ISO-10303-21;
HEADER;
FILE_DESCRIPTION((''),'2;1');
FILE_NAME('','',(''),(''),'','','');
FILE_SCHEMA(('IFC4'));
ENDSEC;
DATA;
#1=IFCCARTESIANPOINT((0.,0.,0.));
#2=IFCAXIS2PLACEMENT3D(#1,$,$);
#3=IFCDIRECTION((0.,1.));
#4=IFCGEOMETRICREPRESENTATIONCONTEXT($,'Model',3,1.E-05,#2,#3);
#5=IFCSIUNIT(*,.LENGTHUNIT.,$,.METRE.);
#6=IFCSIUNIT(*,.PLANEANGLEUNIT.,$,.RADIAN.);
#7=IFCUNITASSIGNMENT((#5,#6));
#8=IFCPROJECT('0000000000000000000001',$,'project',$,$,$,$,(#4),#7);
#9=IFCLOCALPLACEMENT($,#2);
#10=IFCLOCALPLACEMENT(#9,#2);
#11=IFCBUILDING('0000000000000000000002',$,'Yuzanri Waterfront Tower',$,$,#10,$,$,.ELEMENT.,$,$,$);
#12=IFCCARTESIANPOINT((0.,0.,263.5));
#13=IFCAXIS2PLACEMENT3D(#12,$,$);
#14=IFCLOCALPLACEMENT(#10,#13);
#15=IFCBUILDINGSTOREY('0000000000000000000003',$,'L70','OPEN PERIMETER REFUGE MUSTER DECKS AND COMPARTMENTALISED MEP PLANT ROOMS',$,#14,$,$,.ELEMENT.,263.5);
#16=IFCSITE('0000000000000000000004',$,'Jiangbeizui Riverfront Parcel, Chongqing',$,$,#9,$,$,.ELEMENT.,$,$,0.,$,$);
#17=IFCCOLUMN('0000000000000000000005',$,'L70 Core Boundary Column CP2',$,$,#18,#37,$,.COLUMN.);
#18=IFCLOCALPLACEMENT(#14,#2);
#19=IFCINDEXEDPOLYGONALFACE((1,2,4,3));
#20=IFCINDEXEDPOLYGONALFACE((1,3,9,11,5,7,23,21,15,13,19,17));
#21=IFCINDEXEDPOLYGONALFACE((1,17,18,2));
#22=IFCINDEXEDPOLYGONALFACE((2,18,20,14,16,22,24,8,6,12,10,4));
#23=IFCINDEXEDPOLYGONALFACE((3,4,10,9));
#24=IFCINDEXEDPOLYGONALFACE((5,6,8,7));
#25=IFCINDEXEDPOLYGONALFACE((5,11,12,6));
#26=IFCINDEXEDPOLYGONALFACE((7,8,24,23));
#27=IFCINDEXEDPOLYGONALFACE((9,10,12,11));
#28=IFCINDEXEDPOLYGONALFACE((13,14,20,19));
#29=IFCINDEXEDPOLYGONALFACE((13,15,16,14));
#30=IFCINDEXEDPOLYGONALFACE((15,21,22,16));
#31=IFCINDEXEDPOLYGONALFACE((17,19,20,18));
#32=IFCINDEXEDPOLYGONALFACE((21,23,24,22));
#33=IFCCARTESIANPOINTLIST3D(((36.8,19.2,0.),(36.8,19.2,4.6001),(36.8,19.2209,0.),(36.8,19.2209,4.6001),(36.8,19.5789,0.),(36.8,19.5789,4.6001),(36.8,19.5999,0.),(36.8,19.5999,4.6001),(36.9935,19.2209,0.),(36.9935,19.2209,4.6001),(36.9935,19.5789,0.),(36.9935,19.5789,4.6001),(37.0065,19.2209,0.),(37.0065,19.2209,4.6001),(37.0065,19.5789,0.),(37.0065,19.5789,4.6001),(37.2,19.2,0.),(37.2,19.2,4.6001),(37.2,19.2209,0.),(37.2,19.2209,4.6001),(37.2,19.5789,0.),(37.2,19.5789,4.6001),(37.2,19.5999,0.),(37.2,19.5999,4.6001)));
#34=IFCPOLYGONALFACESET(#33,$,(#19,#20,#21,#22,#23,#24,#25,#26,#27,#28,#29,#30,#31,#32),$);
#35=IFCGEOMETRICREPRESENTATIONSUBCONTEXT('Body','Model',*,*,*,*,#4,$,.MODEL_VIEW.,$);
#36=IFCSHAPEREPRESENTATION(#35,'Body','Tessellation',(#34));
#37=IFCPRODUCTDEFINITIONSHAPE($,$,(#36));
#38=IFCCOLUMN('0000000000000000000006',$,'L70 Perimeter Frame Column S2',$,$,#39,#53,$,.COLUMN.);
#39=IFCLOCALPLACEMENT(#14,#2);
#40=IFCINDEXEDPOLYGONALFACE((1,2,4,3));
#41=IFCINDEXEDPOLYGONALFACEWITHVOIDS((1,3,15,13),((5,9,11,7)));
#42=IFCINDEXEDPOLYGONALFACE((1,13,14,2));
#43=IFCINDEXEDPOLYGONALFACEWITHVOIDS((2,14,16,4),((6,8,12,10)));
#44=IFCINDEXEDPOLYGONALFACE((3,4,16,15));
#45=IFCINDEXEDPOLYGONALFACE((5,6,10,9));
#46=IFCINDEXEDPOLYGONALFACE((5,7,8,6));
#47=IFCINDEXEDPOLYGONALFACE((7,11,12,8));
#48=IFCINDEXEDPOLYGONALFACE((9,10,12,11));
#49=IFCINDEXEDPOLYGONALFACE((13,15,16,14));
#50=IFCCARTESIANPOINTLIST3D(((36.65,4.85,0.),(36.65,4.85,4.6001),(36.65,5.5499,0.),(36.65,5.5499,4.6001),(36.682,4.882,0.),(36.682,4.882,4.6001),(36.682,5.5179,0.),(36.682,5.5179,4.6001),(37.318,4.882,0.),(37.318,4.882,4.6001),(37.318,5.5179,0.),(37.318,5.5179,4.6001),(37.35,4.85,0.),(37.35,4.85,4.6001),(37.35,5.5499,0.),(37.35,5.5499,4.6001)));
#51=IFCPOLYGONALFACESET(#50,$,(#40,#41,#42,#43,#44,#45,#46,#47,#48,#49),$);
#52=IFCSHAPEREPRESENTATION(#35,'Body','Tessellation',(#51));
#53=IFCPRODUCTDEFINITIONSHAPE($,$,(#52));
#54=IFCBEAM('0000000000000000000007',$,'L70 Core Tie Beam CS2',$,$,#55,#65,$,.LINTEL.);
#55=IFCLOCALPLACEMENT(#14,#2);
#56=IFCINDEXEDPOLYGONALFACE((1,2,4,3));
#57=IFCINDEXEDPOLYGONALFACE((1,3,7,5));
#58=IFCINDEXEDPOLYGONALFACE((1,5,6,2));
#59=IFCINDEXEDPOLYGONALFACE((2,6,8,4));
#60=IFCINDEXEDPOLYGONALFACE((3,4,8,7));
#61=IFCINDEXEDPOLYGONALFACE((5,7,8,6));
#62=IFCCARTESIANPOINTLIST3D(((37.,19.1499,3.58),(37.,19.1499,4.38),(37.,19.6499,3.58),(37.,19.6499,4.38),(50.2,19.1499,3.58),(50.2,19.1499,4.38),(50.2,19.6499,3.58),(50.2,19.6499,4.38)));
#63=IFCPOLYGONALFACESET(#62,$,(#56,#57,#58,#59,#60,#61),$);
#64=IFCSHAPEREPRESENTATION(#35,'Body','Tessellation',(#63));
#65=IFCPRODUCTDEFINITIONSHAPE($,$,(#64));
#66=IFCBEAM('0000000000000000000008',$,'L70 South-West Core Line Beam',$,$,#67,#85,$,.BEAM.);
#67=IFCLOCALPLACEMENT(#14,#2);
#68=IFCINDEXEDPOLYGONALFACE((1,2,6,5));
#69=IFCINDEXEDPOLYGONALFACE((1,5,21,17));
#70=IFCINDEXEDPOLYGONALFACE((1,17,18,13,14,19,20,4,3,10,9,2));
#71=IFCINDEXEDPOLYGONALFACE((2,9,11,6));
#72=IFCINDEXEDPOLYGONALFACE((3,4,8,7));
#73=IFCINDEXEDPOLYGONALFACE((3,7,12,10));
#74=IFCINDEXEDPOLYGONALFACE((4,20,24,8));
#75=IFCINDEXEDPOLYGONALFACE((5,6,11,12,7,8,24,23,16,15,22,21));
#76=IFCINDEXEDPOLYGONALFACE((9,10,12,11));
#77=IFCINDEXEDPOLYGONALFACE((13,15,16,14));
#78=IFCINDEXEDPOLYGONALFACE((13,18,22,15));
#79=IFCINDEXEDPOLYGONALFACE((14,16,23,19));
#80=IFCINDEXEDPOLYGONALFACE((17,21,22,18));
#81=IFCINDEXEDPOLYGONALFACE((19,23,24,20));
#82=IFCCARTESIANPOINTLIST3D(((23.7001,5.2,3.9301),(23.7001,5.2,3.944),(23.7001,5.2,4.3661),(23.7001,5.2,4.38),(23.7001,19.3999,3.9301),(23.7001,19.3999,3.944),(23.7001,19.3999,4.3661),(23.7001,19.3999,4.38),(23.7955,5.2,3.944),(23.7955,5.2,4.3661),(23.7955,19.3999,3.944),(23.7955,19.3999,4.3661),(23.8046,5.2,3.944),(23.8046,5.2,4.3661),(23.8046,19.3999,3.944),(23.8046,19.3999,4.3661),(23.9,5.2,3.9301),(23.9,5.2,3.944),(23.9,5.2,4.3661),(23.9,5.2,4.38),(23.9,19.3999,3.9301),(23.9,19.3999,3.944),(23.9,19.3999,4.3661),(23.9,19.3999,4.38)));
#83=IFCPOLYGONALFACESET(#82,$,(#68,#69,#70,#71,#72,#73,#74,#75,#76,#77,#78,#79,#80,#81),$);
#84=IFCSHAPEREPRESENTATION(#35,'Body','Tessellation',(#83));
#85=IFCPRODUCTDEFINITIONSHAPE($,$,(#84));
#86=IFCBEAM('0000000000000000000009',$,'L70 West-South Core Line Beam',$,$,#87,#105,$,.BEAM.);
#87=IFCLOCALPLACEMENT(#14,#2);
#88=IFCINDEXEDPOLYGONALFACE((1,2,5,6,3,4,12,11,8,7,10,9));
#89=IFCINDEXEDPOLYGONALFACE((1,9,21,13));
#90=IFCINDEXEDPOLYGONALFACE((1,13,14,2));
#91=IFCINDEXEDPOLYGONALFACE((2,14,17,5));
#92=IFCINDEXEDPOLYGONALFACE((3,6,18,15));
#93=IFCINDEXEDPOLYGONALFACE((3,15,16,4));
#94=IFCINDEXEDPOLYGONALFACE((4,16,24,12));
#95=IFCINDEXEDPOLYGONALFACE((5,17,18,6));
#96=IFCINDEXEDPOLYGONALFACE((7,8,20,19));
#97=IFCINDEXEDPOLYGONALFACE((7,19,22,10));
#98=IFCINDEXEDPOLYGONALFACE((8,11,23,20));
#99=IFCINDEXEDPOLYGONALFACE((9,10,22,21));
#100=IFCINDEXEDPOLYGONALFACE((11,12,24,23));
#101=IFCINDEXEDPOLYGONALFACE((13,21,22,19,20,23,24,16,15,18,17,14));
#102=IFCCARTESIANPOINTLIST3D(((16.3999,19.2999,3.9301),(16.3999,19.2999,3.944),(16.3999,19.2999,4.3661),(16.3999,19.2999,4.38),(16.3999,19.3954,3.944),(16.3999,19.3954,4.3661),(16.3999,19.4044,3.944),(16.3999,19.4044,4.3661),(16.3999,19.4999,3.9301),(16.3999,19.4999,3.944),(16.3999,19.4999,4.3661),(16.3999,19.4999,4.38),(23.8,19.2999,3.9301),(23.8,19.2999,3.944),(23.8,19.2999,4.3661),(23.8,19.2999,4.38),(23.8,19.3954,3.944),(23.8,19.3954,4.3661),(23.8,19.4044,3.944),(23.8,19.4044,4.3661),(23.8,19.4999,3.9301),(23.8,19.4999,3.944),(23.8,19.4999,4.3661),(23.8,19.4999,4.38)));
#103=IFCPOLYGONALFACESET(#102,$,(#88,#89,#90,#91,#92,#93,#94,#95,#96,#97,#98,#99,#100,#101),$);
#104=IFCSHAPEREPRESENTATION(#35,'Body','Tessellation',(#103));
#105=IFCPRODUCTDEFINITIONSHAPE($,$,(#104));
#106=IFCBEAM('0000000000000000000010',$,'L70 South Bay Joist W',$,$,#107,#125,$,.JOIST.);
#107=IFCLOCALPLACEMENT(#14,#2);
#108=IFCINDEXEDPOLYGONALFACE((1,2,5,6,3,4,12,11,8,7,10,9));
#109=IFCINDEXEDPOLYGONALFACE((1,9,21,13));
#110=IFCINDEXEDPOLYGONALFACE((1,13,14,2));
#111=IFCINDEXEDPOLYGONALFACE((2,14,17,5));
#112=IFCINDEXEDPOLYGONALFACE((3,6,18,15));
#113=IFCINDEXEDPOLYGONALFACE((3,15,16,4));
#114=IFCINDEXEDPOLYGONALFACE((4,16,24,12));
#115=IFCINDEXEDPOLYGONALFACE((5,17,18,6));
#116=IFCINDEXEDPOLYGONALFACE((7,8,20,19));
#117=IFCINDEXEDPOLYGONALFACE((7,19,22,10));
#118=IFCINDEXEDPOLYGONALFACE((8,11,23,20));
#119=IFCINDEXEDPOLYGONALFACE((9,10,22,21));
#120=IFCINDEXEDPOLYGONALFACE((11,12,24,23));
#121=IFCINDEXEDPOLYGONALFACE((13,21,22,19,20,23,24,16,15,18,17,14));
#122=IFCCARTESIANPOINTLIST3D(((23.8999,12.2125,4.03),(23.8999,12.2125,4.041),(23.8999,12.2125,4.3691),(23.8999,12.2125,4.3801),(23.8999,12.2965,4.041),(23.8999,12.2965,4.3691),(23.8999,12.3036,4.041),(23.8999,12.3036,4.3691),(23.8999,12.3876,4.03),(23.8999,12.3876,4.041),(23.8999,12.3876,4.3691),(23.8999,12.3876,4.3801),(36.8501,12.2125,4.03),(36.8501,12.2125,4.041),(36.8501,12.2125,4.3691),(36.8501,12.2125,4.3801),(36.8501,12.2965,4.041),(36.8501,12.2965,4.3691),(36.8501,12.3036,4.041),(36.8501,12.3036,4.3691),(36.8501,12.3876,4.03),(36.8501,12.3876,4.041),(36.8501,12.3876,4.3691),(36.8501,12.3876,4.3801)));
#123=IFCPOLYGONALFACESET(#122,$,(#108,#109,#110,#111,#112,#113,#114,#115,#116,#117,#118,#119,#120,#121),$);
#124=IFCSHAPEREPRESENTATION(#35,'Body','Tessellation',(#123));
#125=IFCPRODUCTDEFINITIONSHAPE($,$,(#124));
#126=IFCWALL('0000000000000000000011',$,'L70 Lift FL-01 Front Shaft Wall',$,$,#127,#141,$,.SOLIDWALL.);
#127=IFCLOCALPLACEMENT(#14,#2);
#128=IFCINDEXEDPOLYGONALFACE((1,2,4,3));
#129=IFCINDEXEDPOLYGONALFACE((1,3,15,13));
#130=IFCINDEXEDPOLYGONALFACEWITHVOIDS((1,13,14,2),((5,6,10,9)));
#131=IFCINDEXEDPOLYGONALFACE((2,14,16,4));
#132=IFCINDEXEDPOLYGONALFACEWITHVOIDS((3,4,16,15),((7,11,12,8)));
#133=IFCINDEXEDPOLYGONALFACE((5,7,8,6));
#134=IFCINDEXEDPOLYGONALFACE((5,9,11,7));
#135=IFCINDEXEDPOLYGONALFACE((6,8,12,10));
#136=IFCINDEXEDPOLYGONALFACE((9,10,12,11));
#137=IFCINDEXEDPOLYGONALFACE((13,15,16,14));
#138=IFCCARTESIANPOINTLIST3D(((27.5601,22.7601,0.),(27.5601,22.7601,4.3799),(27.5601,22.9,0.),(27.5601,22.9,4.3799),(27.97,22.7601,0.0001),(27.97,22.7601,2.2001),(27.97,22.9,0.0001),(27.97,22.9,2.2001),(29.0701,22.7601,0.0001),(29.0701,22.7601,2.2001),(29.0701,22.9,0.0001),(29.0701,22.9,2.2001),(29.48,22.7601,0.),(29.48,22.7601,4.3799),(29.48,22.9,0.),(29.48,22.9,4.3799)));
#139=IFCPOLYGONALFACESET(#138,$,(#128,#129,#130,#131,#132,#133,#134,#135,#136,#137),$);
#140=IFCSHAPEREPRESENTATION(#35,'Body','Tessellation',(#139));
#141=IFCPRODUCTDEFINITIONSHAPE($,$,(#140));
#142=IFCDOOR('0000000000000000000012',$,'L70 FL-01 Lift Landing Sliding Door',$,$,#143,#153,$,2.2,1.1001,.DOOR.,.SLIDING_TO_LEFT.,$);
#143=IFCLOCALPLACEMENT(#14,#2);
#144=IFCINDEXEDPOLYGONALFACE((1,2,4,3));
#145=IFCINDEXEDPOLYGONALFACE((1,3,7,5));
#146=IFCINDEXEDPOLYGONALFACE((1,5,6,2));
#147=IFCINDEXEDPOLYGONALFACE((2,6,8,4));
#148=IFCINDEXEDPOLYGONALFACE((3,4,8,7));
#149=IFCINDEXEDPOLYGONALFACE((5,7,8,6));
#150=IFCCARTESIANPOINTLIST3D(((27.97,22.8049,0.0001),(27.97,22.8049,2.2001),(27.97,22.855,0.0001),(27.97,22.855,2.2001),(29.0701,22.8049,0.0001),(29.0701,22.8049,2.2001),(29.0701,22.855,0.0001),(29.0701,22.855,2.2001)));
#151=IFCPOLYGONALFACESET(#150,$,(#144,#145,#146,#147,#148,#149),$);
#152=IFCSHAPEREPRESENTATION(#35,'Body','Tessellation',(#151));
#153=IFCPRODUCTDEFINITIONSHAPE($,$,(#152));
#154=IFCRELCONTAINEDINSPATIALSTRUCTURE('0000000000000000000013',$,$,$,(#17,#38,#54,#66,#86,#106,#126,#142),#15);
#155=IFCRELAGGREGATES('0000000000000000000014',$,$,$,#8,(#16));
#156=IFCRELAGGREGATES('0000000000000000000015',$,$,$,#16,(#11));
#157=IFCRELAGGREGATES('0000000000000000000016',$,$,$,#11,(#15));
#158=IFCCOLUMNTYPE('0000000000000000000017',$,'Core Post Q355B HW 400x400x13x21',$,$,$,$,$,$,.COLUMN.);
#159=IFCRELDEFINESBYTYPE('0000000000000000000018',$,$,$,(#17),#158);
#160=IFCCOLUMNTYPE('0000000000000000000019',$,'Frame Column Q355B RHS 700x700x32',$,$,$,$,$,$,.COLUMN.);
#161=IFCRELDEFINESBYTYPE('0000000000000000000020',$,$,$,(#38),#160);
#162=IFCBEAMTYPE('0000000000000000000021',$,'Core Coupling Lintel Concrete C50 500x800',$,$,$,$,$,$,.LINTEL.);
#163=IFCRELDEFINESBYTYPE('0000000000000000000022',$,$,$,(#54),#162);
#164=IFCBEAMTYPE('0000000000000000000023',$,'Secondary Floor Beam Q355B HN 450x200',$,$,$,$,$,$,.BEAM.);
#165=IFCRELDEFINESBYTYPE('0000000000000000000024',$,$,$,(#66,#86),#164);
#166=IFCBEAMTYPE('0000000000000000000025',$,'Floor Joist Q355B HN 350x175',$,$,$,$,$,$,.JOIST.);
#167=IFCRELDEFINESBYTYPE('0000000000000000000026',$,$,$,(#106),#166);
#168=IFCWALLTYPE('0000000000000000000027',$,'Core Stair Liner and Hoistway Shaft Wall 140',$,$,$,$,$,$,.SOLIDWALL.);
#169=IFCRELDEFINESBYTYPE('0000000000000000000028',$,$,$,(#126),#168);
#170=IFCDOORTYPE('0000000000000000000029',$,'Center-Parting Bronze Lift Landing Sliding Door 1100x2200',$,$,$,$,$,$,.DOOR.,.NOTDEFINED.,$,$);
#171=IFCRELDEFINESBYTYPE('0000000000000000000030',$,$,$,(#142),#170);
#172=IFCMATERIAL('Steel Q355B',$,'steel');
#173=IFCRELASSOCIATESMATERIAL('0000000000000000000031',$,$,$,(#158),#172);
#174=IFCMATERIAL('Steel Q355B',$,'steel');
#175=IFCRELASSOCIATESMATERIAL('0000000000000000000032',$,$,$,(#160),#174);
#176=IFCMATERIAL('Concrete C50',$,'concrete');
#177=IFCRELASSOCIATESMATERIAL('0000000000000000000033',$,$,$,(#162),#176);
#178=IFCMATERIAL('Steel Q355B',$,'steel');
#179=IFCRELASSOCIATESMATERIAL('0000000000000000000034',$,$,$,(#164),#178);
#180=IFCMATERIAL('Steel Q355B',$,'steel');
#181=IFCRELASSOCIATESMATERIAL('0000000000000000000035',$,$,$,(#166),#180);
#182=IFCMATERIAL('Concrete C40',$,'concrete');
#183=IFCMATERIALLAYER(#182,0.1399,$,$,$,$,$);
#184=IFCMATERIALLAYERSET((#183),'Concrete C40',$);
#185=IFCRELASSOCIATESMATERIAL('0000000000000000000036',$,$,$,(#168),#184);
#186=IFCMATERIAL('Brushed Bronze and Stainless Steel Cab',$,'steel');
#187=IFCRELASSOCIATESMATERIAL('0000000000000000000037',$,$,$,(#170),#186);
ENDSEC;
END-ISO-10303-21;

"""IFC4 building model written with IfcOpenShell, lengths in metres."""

from ifc_helpers import new_model, si_unit, direction, frame, frame_2d, origin, origin_2d, place, context, subcontext, project, spatial, rectangle, hollow_rectangle, i_section, extrude, source, transform, mapped, material, layer, layer_set, material_profile, profile_set, type_object, element, fill, save


model = new_model("IFC4")

# Units and contexts
model_context = context("Model", 3, precision=1e-05, world=origin(), true_north=direction((0.0, 1.0)))
body_context = subcontext(model_context, "Body", "Model", "MODEL_VIEW")
ifc_project = project(units=[si_unit("LENGTHUNIT", "METRE"), si_unit("PLANEANGLEUNIT", "RADIAN")], contexts=[model_context])

# Site, building, storey
site_placement = place(None, origin())
site = spatial("IfcSite", under=ifc_project, at=site_placement, Name="Jiangbeizui Riverfront Parcel, Chongqing", CompositionType="ELEMENT", RefElevation=0.0)
building_placement = place(site_placement, origin())
building = spatial("IfcBuilding", under=site, at=building_placement, Name="Yuzanri Waterfront Tower", CompositionType="ELEMENT")
storey_placement = place(building_placement, frame((0.0, 0.0, 263.5)))
storey = spatial("IfcBuildingStorey", under=building, at=storey_placement, Name="L70", Description="OPEN PERIMETER REFUGE MUSTER DECKS AND COMPARTMENTALISED MEP PLANT ROOMS", CompositionType="ELEMENT", Elevation=263.5)

# Columns
ifc_material_1 = material(Name="Steel Q355B", Category="steel")
ifc_material_profile_1 = material_profile(ifc_material_1, i_section(OverallWidth=0.3999, OverallDepth=0.3999, WebThickness=0.0129, FlangeThickness=0.021, at=origin_2d()), Name="HW 400x400x13x21")
ifc_profile_set_1 = profile_set([ifc_material_profile_1], Name="Steel Q355B")
column_type_1 = type_object("IfcColumnType", Name="Core Post Q355B HW 400x400x13x21", PredefinedType="COLUMN", material=ifc_profile_set_1)
shared_shape_1 = source(origin(), body_context, "Body", "SweptSolid", [
    extrude(i_section(OverallWidth=0.3999, OverallDepth=0.3999, WebThickness=0.0129, FlangeThickness=0.021, at=origin_2d()), origin(), (0.0, 0.0, 1.0), 4.6001),
])
column_1_placement = place(storey_placement, frame((37.0, 19.3999, 0.0), z_axis=(0.0, 0.0, 1.0), x_axis=(1.0, 0.0, 0.0)))
element("IfcColumn", 1, at=column_1_placement, inside=storey, type_object=column_type_1, Name="L70 Core Boundary Column CP2", PredefinedType="COLUMN", context=body_context, shape_type="MappedRepresentation", body=[
    mapped(shared_shape_1, transform((0.0, 0.0, 0.0), scale=1.0)),
])
ifc_material_2 = material(Name="Steel Q355B", Category="steel")
ifc_material_profile_2 = material_profile(ifc_material_2, hollow_rectangle(XDim=0.7, YDim=0.7, WallThickness=0.032, at=origin_2d()), Name="RHS 700x700x32")
ifc_profile_set_2 = profile_set([ifc_material_profile_2], Name="Steel Q355B")
column_type_2 = type_object("IfcColumnType", Name="Frame Column Q355B RHS 700x700x32", PredefinedType="COLUMN", material=ifc_profile_set_2)
shared_shape_2 = source(origin(), body_context, "Body", "SweptSolid", [
    extrude(hollow_rectangle(XDim=0.7, YDim=0.7, WallThickness=0.032, at=origin_2d()), origin(), (0.0, 0.0, 1.0), 4.6001),
])
column_2_placement = place(storey_placement, frame((37.0, 5.2, 0.0), z_axis=(0.0, 0.0, 1.0), x_axis=(1.0, 0.0, 0.0)))
element("IfcColumn", 2, at=column_2_placement, inside=storey, type_object=column_type_2, Name="L70 Perimeter Frame Column S2", PredefinedType="COLUMN", context=body_context, shape_type="MappedRepresentation", body=[
    mapped(shared_shape_2, transform((0.0, 0.0, 0.0), scale=1.0)),
])

# Beams
ifc_material_3 = material(Name="Concrete C50", Category="concrete")
ifc_material_profile_3 = material_profile(ifc_material_3, rectangle(XDim=0.5, YDim=0.8, at=origin_2d()), Name="RC 500x800")
ifc_profile_set_3 = profile_set([ifc_material_profile_3], Name="Concrete C50")
beam_type_1 = type_object("IfcBeamType", Name="Core Coupling Lintel Concrete C50 500x800", PredefinedType="LINTEL", material=ifc_profile_set_3)
shared_shape_3 = source(origin(), body_context, "Body", "SweptSolid", [
    extrude(rectangle(XDim=0.5, YDim=0.8, at=origin_2d()), origin(), (0.0, 0.0, 1.0), 13.2),
])
beam_1_placement = place(storey_placement, frame((37.0, 19.3999, 3.98), z_axis=(1.0, 0.0, 0.0), x_axis=(0.0, 1.0, 0.0)))
element("IfcBeam", 3, at=beam_1_placement, inside=storey, type_object=beam_type_1, Name="L70 Core Tie Beam CS2", PredefinedType="LINTEL", context=body_context, shape_type="MappedRepresentation", body=[
    mapped(shared_shape_3, transform((0.0, 0.0, 0.0), scale=1.0)),
])
ifc_material_4 = material(Name="Steel Q355B", Category="steel")
ifc_material_profile_4 = material_profile(ifc_material_4, i_section(OverallWidth=0.2, OverallDepth=0.45, WebThickness=0.009, FlangeThickness=0.0139, at=origin_2d()), Name="HN 450x200x9x14")
ifc_profile_set_4 = profile_set([ifc_material_profile_4], Name="Steel Q355B")
beam_type_2 = type_object("IfcBeamType", Name="Secondary Floor Beam Q355B HN 450x200", PredefinedType="BEAM", material=ifc_profile_set_4)
shared_shape_4 = source(origin(), body_context, "Body", "SweptSolid", [
    extrude(i_section(OverallWidth=0.2, OverallDepth=0.45, WebThickness=0.009, FlangeThickness=0.0139, at=origin_2d()), origin(), (0.0, 0.0, 1.0), 14.2),
])
beam_2_placement = place(storey_placement, frame((23.8, 19.3999, 4.155), z_axis=(0.0, -1.0, 0.0), x_axis=(1.0, 0.0, 0.0)))
element("IfcBeam", 4, at=beam_2_placement, inside=storey, type_object=beam_type_2, Name="L70 South-West Core Line Beam", PredefinedType="BEAM", context=body_context, shape_type="MappedRepresentation", body=[
    mapped(shared_shape_4, transform((0.0, 0.0, 0.0), scale=1.0)),
])
shared_shape_5 = source(origin(), body_context, "Body", "SweptSolid", [
    extrude(i_section(OverallWidth=0.2, OverallDepth=0.45, WebThickness=0.009, FlangeThickness=0.0139, at=origin_2d()), origin(), (0.0, 0.0, 1.0), 7.4001),
])
beam_3_placement = place(storey_placement, frame((23.8, 19.3999, 4.155), z_axis=(-1.0, 0.0, 0.0), x_axis=(0.0, -1.0, 0.0)))
element("IfcBeam", 5, at=beam_3_placement, inside=storey, type_object=beam_type_2, Name="L70 West-South Core Line Beam", PredefinedType="BEAM", context=body_context, shape_type="MappedRepresentation", body=[
    mapped(shared_shape_5, transform((0.0, 0.0, 0.0), scale=1.0)),
])
ifc_material_5 = material(Name="Steel Q355B", Category="steel")
ifc_material_profile_5 = material_profile(ifc_material_5, i_section(OverallWidth=0.175, OverallDepth=0.3501, WebThickness=0.0071, FlangeThickness=0.011, at=origin_2d()), Name="HN 350x175x7x11")
ifc_profile_set_5 = profile_set([ifc_material_profile_5], Name="Steel Q355B")
beam_type_3 = type_object("IfcBeamType", Name="Floor Joist Q355B HN 350x175", PredefinedType="JOIST", material=ifc_profile_set_5)
shared_shape_6 = source(origin(), body_context, "Body", "SweptSolid", [
    extrude(i_section(OverallWidth=0.175, OverallDepth=0.3501, WebThickness=0.0071, FlangeThickness=0.011, at=origin_2d()), origin(), (0.0, 0.0, 1.0), 12.9502),
])
beam_4_placement = place(storey_placement, frame((23.8999, 12.3, 4.2051), z_axis=(1.0, 0.0, 0.0), x_axis=(0.0, 1.0, 0.0)))
element("IfcBeam", 6, at=beam_4_placement, inside=storey, type_object=beam_type_3, Name="L70 South Bay Joist W", PredefinedType="JOIST", context=body_context, shape_type="MappedRepresentation", body=[
    mapped(shared_shape_6, transform((0.0, 0.0, 0.0), scale=1.0)),
])

# Wall, opening, door
ifc_material_6 = material(Name="Concrete C40", Category="concrete")
ifc_layer_1 = layer(ifc_material_6, 0.1399)
ifc_layer_set_1 = layer_set([ifc_layer_1], Name="Concrete C40")
wall_type_1 = type_object("IfcWallType", Name="Core Stair Liner and Hoistway Shaft Wall 140", PredefinedType="SOLIDWALL", material=ifc_layer_set_1)
wall_1_placement = place(storey_placement, frame((27.5601, 22.8301, 0.0), z_axis=(0.0, 0.0, 1.0), x_axis=(1.0, 0.0, 0.0)))
wall_1 = element("IfcWall", 7, at=wall_1_placement, inside=storey, type_object=wall_type_1, Name="L70 Lift FL-01 Front Shaft Wall", PredefinedType="SOLIDWALL", context=body_context, shape_type="SweptSolid", body=[
    extrude(rectangle(XDim=1.9199, YDim=0.1399, at=frame_2d((0.96, 0.0))), origin(), (0.0, 0.0, 1.0), 4.3799),
])
opening_1_placement = place(wall_1_placement, frame((0.4099, 0.0, 0.0)))
opening_1 = element("IfcOpeningElement", 8, at=opening_1_placement, cuts=wall_1, PredefinedType="OPENING", context=body_context, shape_type="SweptSolid", body=[
    extrude(rectangle(XDim=1.1001, YDim=2.2, at=frame_2d((0.55, 1.1001))), frame((0.0, 0.085, 0.0), z_axis=(0.0, -1.0, 0.0), x_axis=(1.0, 0.0, 0.0)), (0.0, 0.0, 1.0), 0.1697),
])
ifc_material_7 = material(Name="Brushed Bronze and Stainless Steel Cab", Category="steel")
door_type_1 = type_object("IfcDoorType", Name="Center-Parting Bronze Lift Landing Sliding Door 1100x2200", OperationType="NOTDEFINED", PredefinedType="DOOR", material=ifc_material_7)
shared_shape_7 = source(origin(), body_context, "Body", "SweptSolid", [
    extrude(rectangle(XDim=1.1001, YDim=2.2, at=frame_2d((0.55, 1.1001))), frame((0.0, 0.0249, 0.0), z_axis=(0.0, -1.0, 0.0), x_axis=(1.0, 0.0, 0.0)), (0.0, 0.0, 1.0), 0.05),
])
door_1_placement = place(opening_1_placement, origin())
door_1 = element("IfcDoor", 9, at=door_1_placement, inside=storey, type_object=door_type_1, Name="L70 FL-01 Lift Landing Sliding Door", OperationType="SLIDING_TO_LEFT", OverallHeight=2.2, OverallWidth=1.1001, PredefinedType="DOOR", context=body_context, shape_type="MappedRepresentation", body=[
    mapped(shared_shape_7, transform((0.0, 0.0, 0.0), scale=1.0)),
])
fill(opening_1, door_1)

save(model, "model.ifc")
